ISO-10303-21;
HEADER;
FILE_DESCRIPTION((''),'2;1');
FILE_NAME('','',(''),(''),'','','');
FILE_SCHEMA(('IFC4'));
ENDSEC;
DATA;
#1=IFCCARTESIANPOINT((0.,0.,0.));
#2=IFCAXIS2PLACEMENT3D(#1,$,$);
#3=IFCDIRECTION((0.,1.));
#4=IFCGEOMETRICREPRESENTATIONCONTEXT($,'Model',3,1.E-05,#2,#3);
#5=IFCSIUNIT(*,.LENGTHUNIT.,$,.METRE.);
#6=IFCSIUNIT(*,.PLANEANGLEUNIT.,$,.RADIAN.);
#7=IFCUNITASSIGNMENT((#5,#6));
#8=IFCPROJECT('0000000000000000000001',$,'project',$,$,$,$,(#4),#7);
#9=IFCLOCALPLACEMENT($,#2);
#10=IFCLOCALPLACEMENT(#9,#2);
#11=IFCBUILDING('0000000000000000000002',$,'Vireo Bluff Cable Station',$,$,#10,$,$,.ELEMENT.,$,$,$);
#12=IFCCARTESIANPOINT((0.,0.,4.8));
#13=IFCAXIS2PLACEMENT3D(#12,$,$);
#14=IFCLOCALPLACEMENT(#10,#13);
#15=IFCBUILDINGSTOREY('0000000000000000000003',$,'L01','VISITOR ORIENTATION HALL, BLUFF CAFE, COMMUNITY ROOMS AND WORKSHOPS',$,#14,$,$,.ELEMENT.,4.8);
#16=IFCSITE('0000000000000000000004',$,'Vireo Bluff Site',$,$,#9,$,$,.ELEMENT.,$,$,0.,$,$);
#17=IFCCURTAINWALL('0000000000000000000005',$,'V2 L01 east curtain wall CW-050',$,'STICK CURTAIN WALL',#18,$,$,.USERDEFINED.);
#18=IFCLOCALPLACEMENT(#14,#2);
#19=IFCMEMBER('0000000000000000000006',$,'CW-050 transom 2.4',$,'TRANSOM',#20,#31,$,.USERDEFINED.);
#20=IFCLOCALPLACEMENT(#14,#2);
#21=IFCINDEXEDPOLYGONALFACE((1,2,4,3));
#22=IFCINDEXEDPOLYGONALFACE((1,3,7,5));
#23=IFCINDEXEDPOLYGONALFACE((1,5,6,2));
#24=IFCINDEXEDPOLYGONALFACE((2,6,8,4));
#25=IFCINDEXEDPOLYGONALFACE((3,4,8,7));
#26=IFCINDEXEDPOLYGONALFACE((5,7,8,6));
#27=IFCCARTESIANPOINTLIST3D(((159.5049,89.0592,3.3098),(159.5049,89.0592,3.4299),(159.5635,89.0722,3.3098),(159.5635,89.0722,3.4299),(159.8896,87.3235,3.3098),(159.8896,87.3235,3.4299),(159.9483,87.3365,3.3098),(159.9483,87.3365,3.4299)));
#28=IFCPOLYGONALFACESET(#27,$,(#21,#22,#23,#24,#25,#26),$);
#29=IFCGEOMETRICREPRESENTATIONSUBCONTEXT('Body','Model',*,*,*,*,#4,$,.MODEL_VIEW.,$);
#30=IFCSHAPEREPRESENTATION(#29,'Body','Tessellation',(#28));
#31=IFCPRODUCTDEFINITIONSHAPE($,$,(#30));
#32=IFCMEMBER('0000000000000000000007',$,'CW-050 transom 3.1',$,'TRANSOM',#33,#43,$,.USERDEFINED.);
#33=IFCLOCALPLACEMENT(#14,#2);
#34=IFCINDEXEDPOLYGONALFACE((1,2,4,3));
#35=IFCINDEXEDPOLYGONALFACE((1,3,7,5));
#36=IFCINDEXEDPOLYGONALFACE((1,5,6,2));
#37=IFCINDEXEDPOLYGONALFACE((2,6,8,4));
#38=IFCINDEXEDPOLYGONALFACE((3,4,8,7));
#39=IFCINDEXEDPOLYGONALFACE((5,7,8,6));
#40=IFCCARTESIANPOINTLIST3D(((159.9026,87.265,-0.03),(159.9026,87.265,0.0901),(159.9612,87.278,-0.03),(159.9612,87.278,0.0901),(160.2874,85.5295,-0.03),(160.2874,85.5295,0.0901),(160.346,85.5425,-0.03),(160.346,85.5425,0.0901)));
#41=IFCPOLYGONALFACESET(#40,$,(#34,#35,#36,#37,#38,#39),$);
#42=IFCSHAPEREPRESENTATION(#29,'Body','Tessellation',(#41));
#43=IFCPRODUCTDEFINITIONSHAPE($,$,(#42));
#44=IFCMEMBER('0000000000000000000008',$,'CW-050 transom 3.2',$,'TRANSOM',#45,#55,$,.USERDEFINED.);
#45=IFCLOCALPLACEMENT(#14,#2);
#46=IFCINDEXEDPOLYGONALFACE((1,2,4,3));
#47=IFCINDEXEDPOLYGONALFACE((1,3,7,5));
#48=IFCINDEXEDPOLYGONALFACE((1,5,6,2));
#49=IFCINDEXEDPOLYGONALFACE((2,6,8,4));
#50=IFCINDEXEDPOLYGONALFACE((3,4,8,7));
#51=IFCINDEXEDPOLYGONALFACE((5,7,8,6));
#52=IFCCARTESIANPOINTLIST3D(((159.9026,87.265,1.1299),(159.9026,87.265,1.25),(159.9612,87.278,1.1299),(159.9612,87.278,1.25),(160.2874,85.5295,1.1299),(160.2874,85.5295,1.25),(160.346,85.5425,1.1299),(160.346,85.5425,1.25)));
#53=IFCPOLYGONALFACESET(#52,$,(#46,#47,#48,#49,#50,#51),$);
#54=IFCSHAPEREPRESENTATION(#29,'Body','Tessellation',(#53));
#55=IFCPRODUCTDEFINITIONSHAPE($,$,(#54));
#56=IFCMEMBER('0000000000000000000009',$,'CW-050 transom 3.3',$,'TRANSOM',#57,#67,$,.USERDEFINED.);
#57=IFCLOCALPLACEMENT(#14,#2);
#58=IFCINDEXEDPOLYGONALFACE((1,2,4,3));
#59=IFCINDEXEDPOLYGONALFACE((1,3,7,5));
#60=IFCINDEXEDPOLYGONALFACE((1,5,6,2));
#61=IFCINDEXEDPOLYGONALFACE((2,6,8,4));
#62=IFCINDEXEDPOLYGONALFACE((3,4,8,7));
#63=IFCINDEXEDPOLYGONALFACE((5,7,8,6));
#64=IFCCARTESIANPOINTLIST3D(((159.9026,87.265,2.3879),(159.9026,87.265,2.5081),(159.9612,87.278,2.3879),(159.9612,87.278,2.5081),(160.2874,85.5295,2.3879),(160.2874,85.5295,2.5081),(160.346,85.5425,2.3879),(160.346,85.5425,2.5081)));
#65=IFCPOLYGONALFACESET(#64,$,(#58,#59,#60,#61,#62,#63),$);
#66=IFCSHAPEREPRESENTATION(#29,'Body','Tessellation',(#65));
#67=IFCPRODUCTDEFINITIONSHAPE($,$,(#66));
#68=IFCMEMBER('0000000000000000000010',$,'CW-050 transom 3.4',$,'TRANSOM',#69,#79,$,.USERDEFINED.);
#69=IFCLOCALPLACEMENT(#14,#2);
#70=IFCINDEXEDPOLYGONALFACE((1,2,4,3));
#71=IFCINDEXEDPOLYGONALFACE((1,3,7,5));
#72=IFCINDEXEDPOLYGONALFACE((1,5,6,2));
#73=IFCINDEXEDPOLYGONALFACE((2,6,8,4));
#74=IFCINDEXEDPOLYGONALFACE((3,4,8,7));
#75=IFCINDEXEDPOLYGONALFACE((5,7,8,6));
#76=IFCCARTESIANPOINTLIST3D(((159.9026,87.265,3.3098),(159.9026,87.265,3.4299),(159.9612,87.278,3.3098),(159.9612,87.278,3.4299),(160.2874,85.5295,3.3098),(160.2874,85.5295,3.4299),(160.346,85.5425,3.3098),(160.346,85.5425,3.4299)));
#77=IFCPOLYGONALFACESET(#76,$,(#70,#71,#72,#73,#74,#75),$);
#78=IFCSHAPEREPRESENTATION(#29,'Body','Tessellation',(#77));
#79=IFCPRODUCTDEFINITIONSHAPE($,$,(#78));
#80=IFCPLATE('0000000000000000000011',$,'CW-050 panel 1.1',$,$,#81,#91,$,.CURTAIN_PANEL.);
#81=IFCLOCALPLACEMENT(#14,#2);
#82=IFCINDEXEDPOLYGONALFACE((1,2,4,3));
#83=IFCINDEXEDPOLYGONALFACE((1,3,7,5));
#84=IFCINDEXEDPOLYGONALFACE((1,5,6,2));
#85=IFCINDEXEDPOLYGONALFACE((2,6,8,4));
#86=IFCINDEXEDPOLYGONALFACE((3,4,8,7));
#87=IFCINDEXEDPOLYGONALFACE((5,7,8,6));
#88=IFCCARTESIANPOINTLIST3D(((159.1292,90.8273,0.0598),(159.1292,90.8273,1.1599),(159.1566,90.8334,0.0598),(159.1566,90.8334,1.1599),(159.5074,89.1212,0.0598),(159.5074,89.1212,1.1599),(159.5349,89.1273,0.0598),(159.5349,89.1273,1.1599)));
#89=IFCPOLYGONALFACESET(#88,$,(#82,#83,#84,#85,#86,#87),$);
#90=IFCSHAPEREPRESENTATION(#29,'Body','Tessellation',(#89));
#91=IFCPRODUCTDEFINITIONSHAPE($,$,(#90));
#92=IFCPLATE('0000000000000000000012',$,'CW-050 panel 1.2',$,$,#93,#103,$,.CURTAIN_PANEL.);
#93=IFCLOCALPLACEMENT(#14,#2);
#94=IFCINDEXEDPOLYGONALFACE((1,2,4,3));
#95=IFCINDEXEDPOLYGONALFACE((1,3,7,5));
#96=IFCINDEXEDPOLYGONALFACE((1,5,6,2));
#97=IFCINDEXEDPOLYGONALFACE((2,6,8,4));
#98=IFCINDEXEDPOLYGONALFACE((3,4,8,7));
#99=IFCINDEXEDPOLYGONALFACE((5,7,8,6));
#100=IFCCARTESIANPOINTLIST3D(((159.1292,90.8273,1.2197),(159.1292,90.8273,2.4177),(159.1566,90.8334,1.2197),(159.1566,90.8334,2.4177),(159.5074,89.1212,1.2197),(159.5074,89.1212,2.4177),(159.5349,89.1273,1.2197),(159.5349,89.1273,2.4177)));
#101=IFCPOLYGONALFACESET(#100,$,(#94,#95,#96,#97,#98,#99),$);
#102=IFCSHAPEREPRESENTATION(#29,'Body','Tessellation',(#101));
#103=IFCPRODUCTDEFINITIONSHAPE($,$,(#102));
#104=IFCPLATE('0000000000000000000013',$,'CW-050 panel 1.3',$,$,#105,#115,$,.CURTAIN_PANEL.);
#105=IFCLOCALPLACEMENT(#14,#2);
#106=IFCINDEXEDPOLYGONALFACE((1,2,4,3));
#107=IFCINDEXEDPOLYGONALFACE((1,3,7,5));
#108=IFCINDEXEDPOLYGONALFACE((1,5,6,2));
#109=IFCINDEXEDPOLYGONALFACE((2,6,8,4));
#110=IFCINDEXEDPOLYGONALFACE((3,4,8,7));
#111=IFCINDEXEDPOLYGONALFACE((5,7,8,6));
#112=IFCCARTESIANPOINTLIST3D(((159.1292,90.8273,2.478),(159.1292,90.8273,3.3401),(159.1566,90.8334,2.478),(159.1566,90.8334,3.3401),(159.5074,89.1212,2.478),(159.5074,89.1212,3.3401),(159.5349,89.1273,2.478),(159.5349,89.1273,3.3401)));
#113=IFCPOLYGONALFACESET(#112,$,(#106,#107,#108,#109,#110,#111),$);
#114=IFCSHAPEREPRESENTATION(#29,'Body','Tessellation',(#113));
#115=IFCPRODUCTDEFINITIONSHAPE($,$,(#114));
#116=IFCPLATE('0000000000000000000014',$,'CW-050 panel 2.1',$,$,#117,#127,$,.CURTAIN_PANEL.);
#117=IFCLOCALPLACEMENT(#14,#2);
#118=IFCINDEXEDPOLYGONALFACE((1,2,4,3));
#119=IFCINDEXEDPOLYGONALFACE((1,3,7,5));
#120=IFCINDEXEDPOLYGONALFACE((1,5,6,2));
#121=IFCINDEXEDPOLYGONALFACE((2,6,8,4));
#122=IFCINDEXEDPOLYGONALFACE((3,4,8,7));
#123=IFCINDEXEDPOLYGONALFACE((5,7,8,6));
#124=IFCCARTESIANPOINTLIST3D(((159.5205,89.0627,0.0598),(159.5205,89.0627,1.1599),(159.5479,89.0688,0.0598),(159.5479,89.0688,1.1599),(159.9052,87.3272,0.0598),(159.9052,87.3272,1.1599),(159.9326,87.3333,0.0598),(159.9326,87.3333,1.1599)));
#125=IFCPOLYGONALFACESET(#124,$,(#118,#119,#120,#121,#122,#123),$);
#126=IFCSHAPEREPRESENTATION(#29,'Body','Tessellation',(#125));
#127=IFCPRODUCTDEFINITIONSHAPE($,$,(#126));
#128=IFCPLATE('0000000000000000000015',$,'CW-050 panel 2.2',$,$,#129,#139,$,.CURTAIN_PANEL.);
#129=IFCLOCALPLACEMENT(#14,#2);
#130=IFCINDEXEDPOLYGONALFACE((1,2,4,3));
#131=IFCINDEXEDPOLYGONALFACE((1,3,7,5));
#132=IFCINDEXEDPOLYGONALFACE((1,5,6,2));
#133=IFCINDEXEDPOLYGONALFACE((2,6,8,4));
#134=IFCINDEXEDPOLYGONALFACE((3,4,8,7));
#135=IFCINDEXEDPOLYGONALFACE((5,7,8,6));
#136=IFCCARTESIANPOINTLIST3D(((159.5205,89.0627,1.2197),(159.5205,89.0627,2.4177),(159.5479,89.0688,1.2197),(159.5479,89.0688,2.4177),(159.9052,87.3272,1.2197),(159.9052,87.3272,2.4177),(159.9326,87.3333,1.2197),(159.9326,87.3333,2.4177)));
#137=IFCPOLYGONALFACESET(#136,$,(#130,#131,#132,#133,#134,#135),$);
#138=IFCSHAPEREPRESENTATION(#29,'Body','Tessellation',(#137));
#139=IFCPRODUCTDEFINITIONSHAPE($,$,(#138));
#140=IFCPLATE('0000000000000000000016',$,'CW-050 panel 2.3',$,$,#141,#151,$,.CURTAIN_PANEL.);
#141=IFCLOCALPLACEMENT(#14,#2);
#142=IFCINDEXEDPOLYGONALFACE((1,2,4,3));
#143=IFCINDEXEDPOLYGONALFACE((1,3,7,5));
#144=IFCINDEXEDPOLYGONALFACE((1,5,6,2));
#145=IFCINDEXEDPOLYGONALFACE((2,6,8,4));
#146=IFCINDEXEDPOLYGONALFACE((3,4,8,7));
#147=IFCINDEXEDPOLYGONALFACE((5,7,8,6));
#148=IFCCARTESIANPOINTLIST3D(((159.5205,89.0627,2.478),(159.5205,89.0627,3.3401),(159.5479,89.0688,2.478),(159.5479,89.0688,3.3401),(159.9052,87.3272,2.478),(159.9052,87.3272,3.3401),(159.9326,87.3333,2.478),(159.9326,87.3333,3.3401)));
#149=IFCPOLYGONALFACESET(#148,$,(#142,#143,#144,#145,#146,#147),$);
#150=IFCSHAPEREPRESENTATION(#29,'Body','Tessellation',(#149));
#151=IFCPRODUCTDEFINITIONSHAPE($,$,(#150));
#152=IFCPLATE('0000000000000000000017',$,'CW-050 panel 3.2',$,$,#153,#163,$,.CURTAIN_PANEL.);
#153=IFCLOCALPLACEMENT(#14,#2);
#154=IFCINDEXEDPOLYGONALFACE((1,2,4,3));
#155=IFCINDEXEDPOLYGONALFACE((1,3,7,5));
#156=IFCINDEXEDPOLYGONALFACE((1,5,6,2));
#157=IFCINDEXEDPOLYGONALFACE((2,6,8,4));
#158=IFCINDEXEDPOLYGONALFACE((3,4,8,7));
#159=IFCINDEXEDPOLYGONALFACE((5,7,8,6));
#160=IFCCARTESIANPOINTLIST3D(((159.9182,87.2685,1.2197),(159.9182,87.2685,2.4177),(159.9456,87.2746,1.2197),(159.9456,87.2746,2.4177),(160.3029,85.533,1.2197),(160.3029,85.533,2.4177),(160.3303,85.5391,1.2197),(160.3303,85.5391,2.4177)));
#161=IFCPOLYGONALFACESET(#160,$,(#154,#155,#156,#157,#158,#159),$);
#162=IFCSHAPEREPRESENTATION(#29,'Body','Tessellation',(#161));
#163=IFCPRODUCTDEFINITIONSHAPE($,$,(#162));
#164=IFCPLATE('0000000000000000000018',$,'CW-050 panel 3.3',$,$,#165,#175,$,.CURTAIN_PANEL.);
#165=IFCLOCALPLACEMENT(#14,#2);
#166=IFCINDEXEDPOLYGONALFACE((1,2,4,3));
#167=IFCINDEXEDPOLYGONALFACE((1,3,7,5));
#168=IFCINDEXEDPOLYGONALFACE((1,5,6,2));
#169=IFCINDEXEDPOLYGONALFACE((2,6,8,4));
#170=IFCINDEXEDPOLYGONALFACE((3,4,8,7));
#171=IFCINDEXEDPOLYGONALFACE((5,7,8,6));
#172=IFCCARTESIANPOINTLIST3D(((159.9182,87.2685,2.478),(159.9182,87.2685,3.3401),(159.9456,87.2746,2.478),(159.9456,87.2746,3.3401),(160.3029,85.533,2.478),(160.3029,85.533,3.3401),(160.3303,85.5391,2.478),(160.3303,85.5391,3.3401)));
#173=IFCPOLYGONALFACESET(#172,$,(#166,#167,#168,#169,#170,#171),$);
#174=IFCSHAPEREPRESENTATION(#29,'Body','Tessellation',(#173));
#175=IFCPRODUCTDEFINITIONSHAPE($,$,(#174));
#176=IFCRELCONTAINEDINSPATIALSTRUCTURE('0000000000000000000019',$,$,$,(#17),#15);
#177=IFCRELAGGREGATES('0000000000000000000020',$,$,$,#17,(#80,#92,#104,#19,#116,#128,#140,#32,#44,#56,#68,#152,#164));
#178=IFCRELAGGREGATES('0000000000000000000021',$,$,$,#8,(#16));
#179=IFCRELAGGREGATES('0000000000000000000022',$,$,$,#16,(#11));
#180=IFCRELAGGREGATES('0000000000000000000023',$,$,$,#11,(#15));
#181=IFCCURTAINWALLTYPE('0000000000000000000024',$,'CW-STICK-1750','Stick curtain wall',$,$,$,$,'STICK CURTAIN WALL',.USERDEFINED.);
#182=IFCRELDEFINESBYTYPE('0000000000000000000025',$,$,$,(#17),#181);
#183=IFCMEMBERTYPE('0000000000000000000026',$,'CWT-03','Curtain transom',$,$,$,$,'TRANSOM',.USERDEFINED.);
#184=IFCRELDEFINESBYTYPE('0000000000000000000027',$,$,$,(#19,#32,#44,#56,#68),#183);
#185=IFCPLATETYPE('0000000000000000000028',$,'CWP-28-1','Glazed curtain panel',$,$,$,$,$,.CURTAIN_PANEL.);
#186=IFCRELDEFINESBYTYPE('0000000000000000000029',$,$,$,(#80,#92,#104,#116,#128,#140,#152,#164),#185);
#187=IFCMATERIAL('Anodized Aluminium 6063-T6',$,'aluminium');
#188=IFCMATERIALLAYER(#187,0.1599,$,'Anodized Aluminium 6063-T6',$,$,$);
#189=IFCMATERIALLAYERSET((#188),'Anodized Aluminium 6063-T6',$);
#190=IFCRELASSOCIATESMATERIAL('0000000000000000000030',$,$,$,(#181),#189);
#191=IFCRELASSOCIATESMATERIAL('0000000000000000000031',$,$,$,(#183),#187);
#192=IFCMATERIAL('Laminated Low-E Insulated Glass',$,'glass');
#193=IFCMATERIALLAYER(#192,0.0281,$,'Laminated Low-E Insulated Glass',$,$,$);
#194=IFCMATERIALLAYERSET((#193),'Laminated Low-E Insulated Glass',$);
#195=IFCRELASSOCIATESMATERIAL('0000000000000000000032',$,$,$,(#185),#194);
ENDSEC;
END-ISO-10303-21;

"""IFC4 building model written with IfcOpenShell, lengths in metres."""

from ifc_helpers import new_model, si_unit, direction, frame, origin, origin_2d, place, context, subcontext, project, spatial, rectangle, extrude, material, layer, layer_set, material_profile, profile_set, type_object, element, aggregate, save


model = new_model("IFC4")

# Units and contexts
model_context = context("Model", 3, precision=1e-05, world=origin(), true_north=direction((0.0, 1.0)))
body_context = subcontext(model_context, "Body", "Model", "MODEL_VIEW")
ifc_project = project(units=[si_unit("LENGTHUNIT", "METRE"), si_unit("PLANEANGLEUNIT", "RADIAN")], contexts=[model_context])

# Site, building, storey
site_placement = place(None, origin())
site = spatial("IfcSite", under=ifc_project, at=site_placement, Name="Vireo Bluff Site", CompositionType="ELEMENT", RefElevation=0.0)
building_placement = place(site_placement, origin())
building = spatial("IfcBuilding", under=site, at=building_placement, Name="Vireo Bluff Cable Station", CompositionType="ELEMENT")
storey_placement = place(building_placement, frame((0.0, 0.0, 4.8)))
storey = spatial("IfcBuildingStorey", under=building, at=storey_placement, Name="L01", Description="VISITOR ORIENTATION HALL, BLUFF CAFE, COMMUNITY ROOMS AND WORKSHOPS", CompositionType="ELEMENT", Elevation=4.8)

# Curtain wall, members, plates
ifc_material_1 = material(Name="Anodized Aluminium 6063-T6", Category="aluminium")
ifc_layer_1 = layer(ifc_material_1, 0.1599, Name="Anodized Aluminium 6063-T6")
ifc_layer_set_1 = layer_set([ifc_layer_1], Name="Anodized Aluminium 6063-T6")
curtain_wall_type = type_object("IfcCurtainWallType", Name="CW-STICK-1750", Description="Stick curtain wall", ElementType="STICK CURTAIN WALL", PredefinedType="USERDEFINED", material=ifc_layer_set_1)
curtain_wall_placement = place(storey_placement, origin())
curtain_wall = element("IfcCurtainWall", 1, at=curtain_wall_placement, inside=storey, type_object=curtain_wall_type, Name="V2 L01 east curtain wall CW-050", ObjectType="STICK CURTAIN WALL", PredefinedType="USERDEFINED")
ifc_material_profile_1 = material_profile(ifc_material_1, rectangle(XDim=0.0601, YDim=0.1201, at=origin_2d()), Name="ALU-T-60X120")
ifc_profile_set_1 = profile_set([ifc_material_profile_1], Name="Anodized Aluminium 6063-T6")
member_type_1 = type_object("IfcMemberType", Name="CWT-03", Description="Curtain transom", ElementType="TRANSOM", PredefinedType="USERDEFINED", material=ifc_profile_set_1)
member_1_placement = place(storey_placement, frame((159.5342, 89.0657, 3.3699), z_axis=(0.216436, -0.976297, 0.0), x_axis=(0.976297, 0.216436, 0.0)))
member_1 = element("IfcMember", 2, at=member_1_placement, type_object=member_type_1, Name="CW-050 transom 2.4", ObjectType="TRANSOM", PredefinedType="USERDEFINED", context=body_context, shape_type="SweptSolid", body=[
    extrude(rectangle(XDim=0.0601, YDim=0.1201, at=origin_2d()), origin(), (0.0, 0.0, 1.0), 1.7778),
])
member_2_placement = place(storey_placement, frame((159.9319, 87.2715, 0.03), z_axis=(0.216465, -0.97629, 0.0), x_axis=(0.97629, 0.216465, 0.0)))
member_2 = element("IfcMember", 3, at=member_2_placement, type_object=member_type_1, Name="CW-050 transom 3.1", ObjectType="TRANSOM", PredefinedType="USERDEFINED", context=body_context, shape_type="SweptSolid", body=[
    extrude(rectangle(XDim=0.0601, YDim=0.1201, at=origin_2d()), origin(), (0.0, 0.0, 1.0), 1.7776),
])
member_3_placement = place(storey_placement, frame((159.9319, 87.2715, 1.1899), z_axis=(0.216465, -0.97629, 0.0), x_axis=(0.97629, 0.216465, 0.0)))
member_3 = element("IfcMember", 4, at=member_3_placement, type_object=member_type_1, Name="CW-050 transom 3.2", ObjectType="TRANSOM", PredefinedType="USERDEFINED", context=body_context, shape_type="SweptSolid", body=[
    extrude(rectangle(XDim=0.0601, YDim=0.1201, at=origin_2d()), origin(), (0.0, 0.0, 1.0), 1.7776),
])
member_4_placement = place(storey_placement, frame((159.9319, 87.2715, 2.448), z_axis=(0.216465, -0.97629, 0.0), x_axis=(0.97629, 0.216465, 0.0)))
member_4 = element("IfcMember", 5, at=member_4_placement, type_object=member_type_1, Name="CW-050 transom 3.3", ObjectType="TRANSOM", PredefinedType="USERDEFINED", context=body_context, shape_type="SweptSolid", body=[
    extrude(rectangle(XDim=0.0601, YDim=0.1201, at=origin_2d()), origin(), (0.0, 0.0, 1.0), 1.7776),
])
member_5_placement = place(storey_placement, frame((159.9319, 87.2715, 3.3699), z_axis=(0.216465, -0.97629, 0.0), x_axis=(0.97629, 0.216465, 0.0)))
member_5 = element("IfcMember", 6, at=member_5_placement, type_object=member_type_1, Name="CW-050 transom 3.4", ObjectType="TRANSOM", PredefinedType="USERDEFINED", context=body_context, shape_type="SweptSolid", body=[
    extrude(rectangle(XDim=0.0601, YDim=0.1201, at=origin_2d()), origin(), (0.0, 0.0, 1.0), 1.7776),
])
ifc_material_2 = material(Name="Laminated Low-E Insulated Glass", Category="glass")
ifc_layer_2 = layer(ifc_material_2, 0.0281, Name="Laminated Low-E Insulated Glass")
ifc_layer_set_2 = layer_set([ifc_layer_2], Name="Laminated Low-E Insulated Glass")
plate_type = type_object("IfcPlateType", Name="CWP-28-1", Description="Glazed curtain panel", PredefinedType="CURTAIN_PANEL", material=ifc_layer_set_2)
plate_1_placement = place(storey_placement, frame((159.332, 89.9773, 0.0598), z_axis=(0.0, 0.0, 1.0), x_axis=(0.21644, -0.976296, 0.0)))
plate_1 = element("IfcPlate", 7, at=plate_1_placement, type_object=plate_type, Name="CW-050 panel 1.1", PredefinedType="CURTAIN_PANEL", context=body_context, shape_type="SweptSolid", body=[
    extrude(rectangle(XDim=1.7476, YDim=0.0281, at=origin_2d()), origin(), (0.0, 0.0, 1.0), 1.1001),
])
plate_2_placement = place(storey_placement, frame((159.332, 89.9773, 1.2197), z_axis=(0.0, 0.0, 1.0), x_axis=(0.21644, -0.976296, 0.0)))
plate_2 = element("IfcPlate", 8, at=plate_2_placement, type_object=plate_type, Name="CW-050 panel 1.2", PredefinedType="CURTAIN_PANEL", context=body_context, shape_type="SweptSolid", body=[
    extrude(rectangle(XDim=1.7476, YDim=0.0281, at=origin_2d()), origin(), (0.0, 0.0, 1.0), 1.198),
])
plate_3_placement = place(storey_placement, frame((159.332, 89.9773, 2.478), z_axis=(0.0, 0.0, 1.0), x_axis=(0.21644, -0.976296, 0.0)))
plate_3 = element("IfcPlate", 9, at=plate_3_placement, type_object=plate_type, Name="CW-050 panel 1.3", PredefinedType="CURTAIN_PANEL", context=body_context, shape_type="SweptSolid", body=[
    extrude(rectangle(XDim=1.7476, YDim=0.0281, at=origin_2d()), origin(), (0.0, 0.0, 1.0), 0.8621),
])
plate_4_placement = place(storey_placement, frame((159.7266, 88.198, 0.0598), z_axis=(0.0, 0.0, 1.0), x_axis=(0.21644, -0.976296, 0.0)))
plate_4 = element("IfcPlate", 10, at=plate_4_placement, type_object=plate_type, Name="CW-050 panel 2.1", PredefinedType="CURTAIN_PANEL", context=body_context, shape_type="SweptSolid", body=[
    extrude(rectangle(XDim=1.7776, YDim=0.0281, at=origin_2d()), origin(), (0.0, 0.0, 1.0), 1.1001),
])
plate_5_placement = place(storey_placement, frame((159.7266, 88.198, 1.2197), z_axis=(0.0, 0.0, 1.0), x_axis=(0.21644, -0.976296, 0.0)))
plate_5 = element("IfcPlate", 11, at=plate_5_placement, type_object=plate_type, Name="CW-050 panel 2.2", PredefinedType="CURTAIN_PANEL", context=body_context, shape_type="SweptSolid", body=[
    extrude(rectangle(XDim=1.7776, YDim=0.0281, at=origin_2d()), origin(), (0.0, 0.0, 1.0), 1.198),
])
plate_6_placement = place(storey_placement, frame((159.7266, 88.198, 2.478), z_axis=(0.0, 0.0, 1.0), x_axis=(0.21644, -0.976296, 0.0)))
plate_6 = element("IfcPlate", 12, at=plate_6_placement, type_object=plate_type, Name="CW-050 panel 2.3", PredefinedType="CURTAIN_PANEL", context=body_context, shape_type="SweptSolid", body=[
    extrude(rectangle(XDim=1.7776, YDim=0.0281, at=origin_2d()), origin(), (0.0, 0.0, 1.0), 0.8621),
])
plate_7_placement = place(storey_placement, frame((160.1243, 86.4038, 1.2197), z_axis=(0.0, 0.0, 1.0), x_axis=(0.21644, -0.976296, 0.0)))
plate_7 = element("IfcPlate", 13, at=plate_7_placement, type_object=plate_type, Name="CW-050 panel 3.2", PredefinedType="CURTAIN_PANEL", context=body_context, shape_type="SweptSolid", body=[
    extrude(rectangle(XDim=1.7776, YDim=0.0281, at=origin_2d()), origin(), (0.0, 0.0, 1.0), 1.198),
])
plate_8_placement = place(storey_placement, frame((160.1243, 86.4038, 2.478), z_axis=(0.0, 0.0, 1.0), x_axis=(0.21644, -0.976296, 0.0)))
plate_8 = element("IfcPlate", 14, at=plate_8_placement, type_object=plate_type, Name="CW-050 panel 3.3", PredefinedType="CURTAIN_PANEL", context=body_context, shape_type="SweptSolid", body=[
    extrude(rectangle(XDim=1.7776, YDim=0.0281, at=origin_2d()), origin(), (0.0, 0.0, 1.0), 0.8621),
])
aggregate(curtain_wall, [plate_1, plate_2, plate_3, member_1, plate_4, plate_5, plate_6, member_2, member_3, member_4, member_5, plate_7, plate_8])

save(model, "model.ifc")
